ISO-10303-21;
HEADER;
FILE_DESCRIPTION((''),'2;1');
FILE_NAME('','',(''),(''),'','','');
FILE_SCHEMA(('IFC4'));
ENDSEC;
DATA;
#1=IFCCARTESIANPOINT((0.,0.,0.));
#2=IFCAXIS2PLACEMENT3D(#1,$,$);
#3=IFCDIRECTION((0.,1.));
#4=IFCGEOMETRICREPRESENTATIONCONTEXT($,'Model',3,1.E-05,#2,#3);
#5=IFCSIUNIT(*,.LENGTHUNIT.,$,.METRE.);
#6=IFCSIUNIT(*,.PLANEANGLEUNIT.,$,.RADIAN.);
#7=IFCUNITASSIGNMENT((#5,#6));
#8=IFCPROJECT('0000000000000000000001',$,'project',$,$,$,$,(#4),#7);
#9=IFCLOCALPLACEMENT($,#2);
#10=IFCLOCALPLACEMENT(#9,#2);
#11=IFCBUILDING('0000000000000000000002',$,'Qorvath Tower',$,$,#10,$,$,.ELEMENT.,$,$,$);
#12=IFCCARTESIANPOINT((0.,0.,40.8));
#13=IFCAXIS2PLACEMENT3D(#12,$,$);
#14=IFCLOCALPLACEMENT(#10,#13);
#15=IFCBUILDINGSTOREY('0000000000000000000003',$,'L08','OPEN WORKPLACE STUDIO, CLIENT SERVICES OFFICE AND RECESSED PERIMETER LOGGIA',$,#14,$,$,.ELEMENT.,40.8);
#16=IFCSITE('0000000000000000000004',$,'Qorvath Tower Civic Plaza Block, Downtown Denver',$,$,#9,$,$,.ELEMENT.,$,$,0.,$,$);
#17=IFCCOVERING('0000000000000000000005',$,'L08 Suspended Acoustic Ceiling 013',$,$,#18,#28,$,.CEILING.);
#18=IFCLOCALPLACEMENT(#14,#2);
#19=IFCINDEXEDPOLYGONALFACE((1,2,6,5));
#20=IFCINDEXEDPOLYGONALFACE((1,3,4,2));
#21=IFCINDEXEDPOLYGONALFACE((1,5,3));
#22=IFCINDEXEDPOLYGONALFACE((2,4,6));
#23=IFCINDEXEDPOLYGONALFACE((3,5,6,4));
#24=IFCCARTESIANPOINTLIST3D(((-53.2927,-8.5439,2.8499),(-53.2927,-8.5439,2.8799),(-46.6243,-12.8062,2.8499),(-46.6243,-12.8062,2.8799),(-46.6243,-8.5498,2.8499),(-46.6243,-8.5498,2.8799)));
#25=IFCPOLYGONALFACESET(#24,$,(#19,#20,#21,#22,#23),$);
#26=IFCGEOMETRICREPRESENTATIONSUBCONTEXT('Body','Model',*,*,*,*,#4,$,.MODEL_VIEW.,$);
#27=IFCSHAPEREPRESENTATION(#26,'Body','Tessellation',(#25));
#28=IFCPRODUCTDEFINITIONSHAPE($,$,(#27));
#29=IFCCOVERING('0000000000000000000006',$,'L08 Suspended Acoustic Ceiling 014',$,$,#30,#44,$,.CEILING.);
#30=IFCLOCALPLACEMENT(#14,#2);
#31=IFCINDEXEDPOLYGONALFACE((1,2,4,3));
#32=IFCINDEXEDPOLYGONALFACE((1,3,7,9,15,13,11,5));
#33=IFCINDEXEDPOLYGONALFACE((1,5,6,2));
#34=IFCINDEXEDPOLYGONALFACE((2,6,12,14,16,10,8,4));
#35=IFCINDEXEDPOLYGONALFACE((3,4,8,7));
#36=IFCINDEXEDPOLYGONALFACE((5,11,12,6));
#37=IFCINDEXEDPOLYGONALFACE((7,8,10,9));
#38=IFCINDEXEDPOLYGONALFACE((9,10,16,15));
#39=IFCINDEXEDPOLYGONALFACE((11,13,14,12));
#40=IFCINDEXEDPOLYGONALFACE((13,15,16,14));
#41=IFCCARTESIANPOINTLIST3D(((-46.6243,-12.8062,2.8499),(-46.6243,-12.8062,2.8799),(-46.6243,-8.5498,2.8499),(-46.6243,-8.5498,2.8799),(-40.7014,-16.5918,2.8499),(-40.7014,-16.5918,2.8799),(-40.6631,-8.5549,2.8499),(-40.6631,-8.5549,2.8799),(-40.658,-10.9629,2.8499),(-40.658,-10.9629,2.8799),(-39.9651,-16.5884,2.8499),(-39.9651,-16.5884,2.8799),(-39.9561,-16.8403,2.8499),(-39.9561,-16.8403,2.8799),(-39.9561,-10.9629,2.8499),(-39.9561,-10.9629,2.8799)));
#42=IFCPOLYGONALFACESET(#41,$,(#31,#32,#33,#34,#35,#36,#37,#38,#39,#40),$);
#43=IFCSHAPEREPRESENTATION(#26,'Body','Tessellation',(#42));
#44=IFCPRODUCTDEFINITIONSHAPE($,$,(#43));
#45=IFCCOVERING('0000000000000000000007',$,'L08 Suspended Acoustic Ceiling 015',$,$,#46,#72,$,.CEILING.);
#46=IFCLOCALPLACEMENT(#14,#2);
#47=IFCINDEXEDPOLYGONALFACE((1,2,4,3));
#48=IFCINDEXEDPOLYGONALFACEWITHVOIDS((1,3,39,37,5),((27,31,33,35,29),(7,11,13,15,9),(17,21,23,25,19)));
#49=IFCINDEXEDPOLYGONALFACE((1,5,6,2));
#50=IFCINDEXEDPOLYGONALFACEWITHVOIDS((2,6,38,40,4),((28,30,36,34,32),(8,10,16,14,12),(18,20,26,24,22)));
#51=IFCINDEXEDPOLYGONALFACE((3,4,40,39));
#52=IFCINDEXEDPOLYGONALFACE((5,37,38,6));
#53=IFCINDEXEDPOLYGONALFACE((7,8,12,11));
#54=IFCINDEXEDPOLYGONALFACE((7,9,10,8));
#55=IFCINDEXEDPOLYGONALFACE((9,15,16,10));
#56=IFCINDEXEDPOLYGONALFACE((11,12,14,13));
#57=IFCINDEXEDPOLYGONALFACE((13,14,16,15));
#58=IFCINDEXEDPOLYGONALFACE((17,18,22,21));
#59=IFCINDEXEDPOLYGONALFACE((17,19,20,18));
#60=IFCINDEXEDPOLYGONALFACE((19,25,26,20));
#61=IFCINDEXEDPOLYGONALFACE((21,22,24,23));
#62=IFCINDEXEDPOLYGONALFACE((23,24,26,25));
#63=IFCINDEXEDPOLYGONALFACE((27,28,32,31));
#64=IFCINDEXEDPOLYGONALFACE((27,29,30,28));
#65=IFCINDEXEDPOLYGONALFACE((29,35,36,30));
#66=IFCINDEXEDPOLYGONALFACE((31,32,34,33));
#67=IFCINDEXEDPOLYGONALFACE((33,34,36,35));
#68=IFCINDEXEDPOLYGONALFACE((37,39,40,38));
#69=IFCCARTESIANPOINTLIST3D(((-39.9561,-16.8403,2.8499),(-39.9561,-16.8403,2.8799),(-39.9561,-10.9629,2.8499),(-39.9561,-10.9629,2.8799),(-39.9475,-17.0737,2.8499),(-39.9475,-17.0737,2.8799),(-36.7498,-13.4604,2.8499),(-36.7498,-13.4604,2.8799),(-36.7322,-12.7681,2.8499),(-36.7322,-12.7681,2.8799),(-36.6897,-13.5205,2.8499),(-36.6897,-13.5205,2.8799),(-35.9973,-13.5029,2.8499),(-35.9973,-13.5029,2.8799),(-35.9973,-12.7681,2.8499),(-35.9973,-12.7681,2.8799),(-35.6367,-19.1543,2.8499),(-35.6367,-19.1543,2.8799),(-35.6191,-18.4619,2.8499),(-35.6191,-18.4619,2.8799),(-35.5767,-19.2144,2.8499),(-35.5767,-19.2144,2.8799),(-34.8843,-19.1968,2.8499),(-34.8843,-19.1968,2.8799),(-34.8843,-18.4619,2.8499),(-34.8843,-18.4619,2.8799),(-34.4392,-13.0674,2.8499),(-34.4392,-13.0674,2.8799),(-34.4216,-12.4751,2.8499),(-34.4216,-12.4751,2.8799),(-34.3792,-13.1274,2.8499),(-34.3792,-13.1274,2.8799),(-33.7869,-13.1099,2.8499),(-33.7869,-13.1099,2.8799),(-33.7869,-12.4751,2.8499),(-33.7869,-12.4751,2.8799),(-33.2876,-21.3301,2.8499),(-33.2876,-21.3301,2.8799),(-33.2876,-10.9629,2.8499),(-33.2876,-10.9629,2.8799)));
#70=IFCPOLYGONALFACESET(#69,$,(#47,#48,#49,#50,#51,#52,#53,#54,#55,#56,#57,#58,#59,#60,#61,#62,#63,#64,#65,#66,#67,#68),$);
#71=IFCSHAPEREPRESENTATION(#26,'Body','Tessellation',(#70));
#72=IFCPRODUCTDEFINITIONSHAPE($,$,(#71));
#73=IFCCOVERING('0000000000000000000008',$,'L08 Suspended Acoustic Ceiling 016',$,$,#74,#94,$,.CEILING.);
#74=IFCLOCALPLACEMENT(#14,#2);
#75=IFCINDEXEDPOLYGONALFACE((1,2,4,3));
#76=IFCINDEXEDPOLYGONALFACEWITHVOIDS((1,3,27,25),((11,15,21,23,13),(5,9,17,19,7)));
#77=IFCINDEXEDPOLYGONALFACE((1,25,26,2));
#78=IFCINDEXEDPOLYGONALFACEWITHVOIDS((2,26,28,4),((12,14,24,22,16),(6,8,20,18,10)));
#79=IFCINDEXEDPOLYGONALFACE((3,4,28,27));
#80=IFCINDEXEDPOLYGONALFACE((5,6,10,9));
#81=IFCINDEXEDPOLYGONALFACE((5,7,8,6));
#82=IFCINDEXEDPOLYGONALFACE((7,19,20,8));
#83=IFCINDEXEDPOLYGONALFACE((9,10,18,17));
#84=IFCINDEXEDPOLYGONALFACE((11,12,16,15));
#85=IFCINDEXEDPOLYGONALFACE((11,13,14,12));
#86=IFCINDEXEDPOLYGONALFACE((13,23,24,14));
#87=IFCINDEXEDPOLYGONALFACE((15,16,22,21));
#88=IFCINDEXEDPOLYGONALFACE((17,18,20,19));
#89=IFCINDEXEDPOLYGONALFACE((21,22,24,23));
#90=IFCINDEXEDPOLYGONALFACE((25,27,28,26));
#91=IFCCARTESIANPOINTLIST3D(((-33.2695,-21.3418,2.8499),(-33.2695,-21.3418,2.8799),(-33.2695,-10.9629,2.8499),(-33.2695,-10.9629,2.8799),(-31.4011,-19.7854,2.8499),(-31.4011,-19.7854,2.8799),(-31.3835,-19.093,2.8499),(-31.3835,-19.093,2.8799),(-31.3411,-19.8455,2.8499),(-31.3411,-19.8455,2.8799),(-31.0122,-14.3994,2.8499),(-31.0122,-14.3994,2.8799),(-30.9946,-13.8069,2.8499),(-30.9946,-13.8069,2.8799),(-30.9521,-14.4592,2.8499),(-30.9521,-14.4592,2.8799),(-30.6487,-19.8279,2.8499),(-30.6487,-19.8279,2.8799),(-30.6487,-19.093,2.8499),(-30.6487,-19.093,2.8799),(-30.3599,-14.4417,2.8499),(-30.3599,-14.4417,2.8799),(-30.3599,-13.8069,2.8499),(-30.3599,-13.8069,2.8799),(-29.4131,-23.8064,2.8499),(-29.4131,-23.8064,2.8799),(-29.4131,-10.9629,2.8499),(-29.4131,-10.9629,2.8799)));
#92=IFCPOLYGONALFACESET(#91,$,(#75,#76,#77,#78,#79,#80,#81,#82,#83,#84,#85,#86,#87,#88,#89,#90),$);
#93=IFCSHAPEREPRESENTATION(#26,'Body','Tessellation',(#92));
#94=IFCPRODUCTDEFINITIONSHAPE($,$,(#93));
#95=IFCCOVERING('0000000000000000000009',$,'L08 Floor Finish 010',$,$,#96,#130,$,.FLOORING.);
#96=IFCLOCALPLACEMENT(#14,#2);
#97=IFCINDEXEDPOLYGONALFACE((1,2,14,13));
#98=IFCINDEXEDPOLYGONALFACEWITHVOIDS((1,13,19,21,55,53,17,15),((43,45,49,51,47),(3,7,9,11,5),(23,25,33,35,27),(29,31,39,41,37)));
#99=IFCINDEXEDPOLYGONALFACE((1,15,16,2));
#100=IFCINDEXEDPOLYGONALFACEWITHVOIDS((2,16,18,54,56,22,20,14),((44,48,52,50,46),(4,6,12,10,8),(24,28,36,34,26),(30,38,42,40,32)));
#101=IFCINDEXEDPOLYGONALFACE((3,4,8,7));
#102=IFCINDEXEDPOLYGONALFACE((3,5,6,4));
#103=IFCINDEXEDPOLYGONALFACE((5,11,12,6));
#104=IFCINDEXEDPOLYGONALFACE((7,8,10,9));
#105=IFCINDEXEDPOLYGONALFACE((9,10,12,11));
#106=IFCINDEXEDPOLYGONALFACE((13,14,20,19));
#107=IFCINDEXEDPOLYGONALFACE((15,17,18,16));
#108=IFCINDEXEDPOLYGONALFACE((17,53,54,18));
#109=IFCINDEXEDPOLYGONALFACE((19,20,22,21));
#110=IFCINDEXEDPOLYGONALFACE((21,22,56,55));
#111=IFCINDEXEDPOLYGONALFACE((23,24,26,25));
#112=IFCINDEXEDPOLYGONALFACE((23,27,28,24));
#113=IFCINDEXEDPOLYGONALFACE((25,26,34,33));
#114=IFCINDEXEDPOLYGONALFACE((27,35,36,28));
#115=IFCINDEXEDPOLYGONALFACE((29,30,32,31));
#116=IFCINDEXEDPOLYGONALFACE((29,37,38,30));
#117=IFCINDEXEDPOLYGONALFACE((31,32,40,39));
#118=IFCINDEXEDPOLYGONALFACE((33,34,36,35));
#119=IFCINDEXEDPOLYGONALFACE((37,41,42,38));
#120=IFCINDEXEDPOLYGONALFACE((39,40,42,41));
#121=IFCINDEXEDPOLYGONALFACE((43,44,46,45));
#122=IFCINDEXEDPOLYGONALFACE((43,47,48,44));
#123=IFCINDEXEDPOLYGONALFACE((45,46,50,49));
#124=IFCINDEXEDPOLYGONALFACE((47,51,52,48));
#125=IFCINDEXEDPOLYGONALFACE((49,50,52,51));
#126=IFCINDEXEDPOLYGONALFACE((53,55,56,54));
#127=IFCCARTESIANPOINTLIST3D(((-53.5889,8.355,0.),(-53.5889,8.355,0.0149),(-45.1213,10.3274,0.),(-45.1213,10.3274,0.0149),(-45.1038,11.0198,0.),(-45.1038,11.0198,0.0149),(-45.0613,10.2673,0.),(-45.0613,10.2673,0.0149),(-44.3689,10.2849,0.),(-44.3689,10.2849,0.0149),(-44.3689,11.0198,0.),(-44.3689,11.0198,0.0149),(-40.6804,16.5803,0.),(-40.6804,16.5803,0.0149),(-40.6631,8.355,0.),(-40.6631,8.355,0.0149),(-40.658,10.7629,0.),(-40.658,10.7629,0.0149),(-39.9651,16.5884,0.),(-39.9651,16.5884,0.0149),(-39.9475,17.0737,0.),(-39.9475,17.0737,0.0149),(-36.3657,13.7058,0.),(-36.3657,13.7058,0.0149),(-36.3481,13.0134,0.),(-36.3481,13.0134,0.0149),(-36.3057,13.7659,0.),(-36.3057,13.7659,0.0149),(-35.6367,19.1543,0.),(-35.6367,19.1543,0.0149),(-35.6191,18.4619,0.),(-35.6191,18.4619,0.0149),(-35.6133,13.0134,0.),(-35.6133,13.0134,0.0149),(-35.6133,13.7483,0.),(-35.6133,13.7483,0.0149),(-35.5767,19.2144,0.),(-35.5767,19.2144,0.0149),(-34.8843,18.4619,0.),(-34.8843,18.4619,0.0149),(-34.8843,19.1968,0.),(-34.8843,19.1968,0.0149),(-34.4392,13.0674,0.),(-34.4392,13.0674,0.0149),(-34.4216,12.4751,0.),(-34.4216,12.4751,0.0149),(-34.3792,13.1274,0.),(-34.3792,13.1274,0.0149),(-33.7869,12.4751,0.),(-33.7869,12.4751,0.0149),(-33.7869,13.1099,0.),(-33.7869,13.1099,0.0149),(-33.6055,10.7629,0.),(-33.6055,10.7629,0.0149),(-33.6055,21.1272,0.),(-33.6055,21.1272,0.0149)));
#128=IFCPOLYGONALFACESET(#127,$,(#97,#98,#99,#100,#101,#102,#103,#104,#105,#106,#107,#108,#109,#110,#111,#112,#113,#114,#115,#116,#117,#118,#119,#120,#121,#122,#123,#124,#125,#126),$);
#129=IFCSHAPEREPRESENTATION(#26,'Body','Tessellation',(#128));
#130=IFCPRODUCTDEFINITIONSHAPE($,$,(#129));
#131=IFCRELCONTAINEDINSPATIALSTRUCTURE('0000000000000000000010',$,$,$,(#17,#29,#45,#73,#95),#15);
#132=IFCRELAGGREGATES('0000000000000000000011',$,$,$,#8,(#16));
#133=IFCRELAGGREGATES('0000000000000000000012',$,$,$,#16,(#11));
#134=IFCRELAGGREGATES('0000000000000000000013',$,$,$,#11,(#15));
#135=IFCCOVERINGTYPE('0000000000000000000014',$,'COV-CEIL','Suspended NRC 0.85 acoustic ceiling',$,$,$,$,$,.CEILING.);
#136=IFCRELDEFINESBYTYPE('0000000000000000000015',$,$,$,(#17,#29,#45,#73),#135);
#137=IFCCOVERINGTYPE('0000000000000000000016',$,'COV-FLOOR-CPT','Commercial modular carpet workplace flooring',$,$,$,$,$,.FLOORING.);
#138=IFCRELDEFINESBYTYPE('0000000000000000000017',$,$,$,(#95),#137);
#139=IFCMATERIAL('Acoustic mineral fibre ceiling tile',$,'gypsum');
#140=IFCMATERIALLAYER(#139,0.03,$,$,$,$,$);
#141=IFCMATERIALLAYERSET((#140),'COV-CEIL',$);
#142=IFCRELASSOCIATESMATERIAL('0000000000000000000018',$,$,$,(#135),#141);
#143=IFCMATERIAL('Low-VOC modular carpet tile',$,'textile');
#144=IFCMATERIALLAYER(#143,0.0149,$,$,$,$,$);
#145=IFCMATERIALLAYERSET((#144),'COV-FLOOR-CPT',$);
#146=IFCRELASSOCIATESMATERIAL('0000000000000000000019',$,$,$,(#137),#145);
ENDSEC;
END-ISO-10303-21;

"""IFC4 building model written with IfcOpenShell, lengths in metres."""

from ifc_helpers import new_model, si_unit, direction, frame, origin, place, context, subcontext, project, spatial, polyline, outline, extrude, material, layer, layer_set, type_object, element, save


model = new_model("IFC4")

# Units and contexts
model_context = context("Model", 3, precision=1e-05, world=origin(), true_north=direction((0.0, 1.0)))
body_context = subcontext(model_context, "Body", "Model", "MODEL_VIEW")
ifc_project = project(units=[si_unit("LENGTHUNIT", "METRE"), si_unit("PLANEANGLEUNIT", "RADIAN")], contexts=[model_context])

# Site, building, storey
site_placement = place(None, origin())
site = spatial("IfcSite", under=ifc_project, at=site_placement, Name="Qorvath Tower Civic Plaza Block, Downtown Denver", CompositionType="ELEMENT", RefElevation=0.0)
building_placement = place(site_placement, origin())
building = spatial("IfcBuilding", under=site, at=building_placement, Name="Qorvath Tower", CompositionType="ELEMENT")
storey_placement = place(building_placement, frame((0.0, 0.0, 40.8)))
storey = spatial("IfcBuildingStorey", under=building, at=storey_placement, Name="L08", Description="OPEN WORKPLACE STUDIO, CLIENT SERVICES OFFICE AND RECESSED PERIMETER LOGGIA", CompositionType="ELEMENT", Elevation=40.8)

# Coverings
ifc_material_1 = material(Name="Acoustic mineral fibre ceiling tile", Category="gypsum")
ifc_layer_1 = layer(ifc_material_1, 0.03)
ifc_layer_set_1 = layer_set([ifc_layer_1], Name="COV-CEIL")
covering_type_1 = type_object("IfcCoveringType", Name="COV-CEIL", Description="Suspended NRC 0.85 acoustic ceiling", PredefinedType="CEILING", material=ifc_layer_set_1)
covering_1_placement = place(storey_placement, frame((0.0, 0.0, 2.8499)))
element("IfcCovering", 1, at=covering_1_placement, inside=storey, type_object=covering_type_1, Name="L08 Suspended Acoustic Ceiling 013", PredefinedType="CEILING", context=body_context, shape_type="SweptSolid", body=[
    extrude(outline(polyline([(-46.6243, -12.8062), (-46.6243, -8.5498), (-53.2927, -8.5439), (-46.6243, -12.8062)])), origin(), (0.0, 0.0, 1.0), 0.03),
])
covering_2_placement = place(storey_placement, frame((0.0, 0.0, 2.8499)))
element("IfcCovering", 2, at=covering_2_placement, inside=storey, type_object=covering_type_1, Name="L08 Suspended Acoustic Ceiling 014", PredefinedType="CEILING", context=body_context, shape_type="SweptSolid", body=[
    extrude(outline(polyline([(-40.6631, -8.5549), (-46.6243, -8.5498), (-46.6243, -12.8062), (-40.7014, -16.5918), (-39.9651, -16.5884), (-39.9561, -16.8403), (-39.9561, -10.9629), (-40.658, -10.9629), (-40.6631, -8.5549)])), origin(), (0.0, 0.0, 1.0), 0.03),
])
covering_3_placement = place(storey_placement, frame((0.0, 0.0, 2.8499)))
element("IfcCovering", 3, at=covering_3_placement, inside=storey, type_object=covering_type_1, Name="L08 Suspended Acoustic Ceiling 015", PredefinedType="CEILING", context=body_context, shape_type="SweptSolid", body=[
    extrude(outline(polyline([(-39.9561, -10.9629), (-39.9561, -16.8403), (-39.9475, -17.0737), (-33.2876, -21.3301), (-33.2876, -10.9629), (-39.9561, -10.9629)]), holes=[polyline([(-34.4392, -13.0674), (-34.4216, -12.4751), (-33.7869, -12.4751), (-33.7869, -13.1099), (-34.3792, -13.1274), (-34.4392, -13.0674)]), polyline([(-35.6367, -19.1543), (-35.6191, -18.4619), (-34.8843, -18.4619), (-34.8843, -19.1968), (-35.5767, -19.2144), (-35.6367, -19.1543)]), polyline([(-36.7498, -13.4604), (-36.7322, -12.7681), (-35.9973, -12.7681), (-35.9973, -13.5029), (-36.6897, -13.5205), (-36.7498, -13.4604)])]), origin(), (0.0, 0.0, 1.0), 0.03),
])
covering_4_placement = place(storey_placement, frame((0.0, 0.0, 2.8499)))
element("IfcCovering", 4, at=covering_4_placement, inside=storey, type_object=covering_type_1, Name="L08 Suspended Acoustic Ceiling 016", PredefinedType="CEILING", context=body_context, shape_type="SweptSolid", body=[
    extrude(outline(polyline([(-29.4131, -23.8064), (-29.4131, -10.9629), (-33.2695, -10.9629), (-33.2695, -21.3418), (-29.4131, -23.8064)]), holes=[polyline([(-31.0122, -14.3994), (-30.9946, -13.8069), (-30.3599, -13.8069), (-30.3599, -14.4417), (-30.9521, -14.4592), (-31.0122, -14.3994)]), polyline([(-31.4011, -19.7854), (-31.3835, -19.093), (-30.6487, -19.093), (-30.6487, -19.8279), (-31.3411, -19.8455), (-31.4011, -19.7854)])]), origin(), (0.0, 0.0, 1.0), 0.03),
])
ifc_material_2 = material(Name="Low-VOC modular carpet tile", Category="textile")
ifc_layer_2 = layer(ifc_material_2, 0.0149)
ifc_layer_set_2 = layer_set([ifc_layer_2], Name="COV-FLOOR-CPT")
covering_type_2 = type_object("IfcCoveringType", Name="COV-FLOOR-CPT", Description="Commercial modular carpet workplace flooring", PredefinedType="FLOORING", material=ifc_layer_set_2)
covering_5_placement = place(storey_placement, origin())
element("IfcCovering", 5, at=covering_5_placement, inside=storey, type_object=covering_type_2, Name="L08 Floor Finish 010", PredefinedType="FLOORING", context=body_context, shape_type="SweptSolid", body=[
    extrude(outline(polyline([(-33.6055, 10.7629), (-33.6055, 21.1272), (-39.9475, 17.0737), (-39.9651, 16.5884), (-40.6804, 16.5803), (-53.5889, 8.355), (-40.6631, 8.355), (-40.658, 10.7629), (-33.6055, 10.7629)]), holes=[polyline([(-34.4392, 13.0674), (-34.3792, 13.1274), (-33.7869, 13.1099), (-33.7869, 12.4751), (-34.4216, 12.4751), (-34.4392, 13.0674)]), polyline([(-35.6367, 19.1543), (-35.5767, 19.2144), (-34.8843, 19.1968), (-34.8843, 18.4619), (-35.6191, 18.4619), (-35.6367, 19.1543)]), polyline([(-36.3657, 13.7058), (-36.3057, 13.7659), (-35.6133, 13.7483), (-35.6133, 13.0134), (-36.3481, 13.0134), (-36.3657, 13.7058)]), polyline([(-45.1213, 10.3274), (-45.1038, 11.0198), (-44.3689, 11.0198), (-44.3689, 10.2849), (-45.0613, 10.2673), (-45.1213, 10.3274)])]), origin(), (0.0, 0.0, 1.0), 0.0149),
])

save(model, "model.ifc")
